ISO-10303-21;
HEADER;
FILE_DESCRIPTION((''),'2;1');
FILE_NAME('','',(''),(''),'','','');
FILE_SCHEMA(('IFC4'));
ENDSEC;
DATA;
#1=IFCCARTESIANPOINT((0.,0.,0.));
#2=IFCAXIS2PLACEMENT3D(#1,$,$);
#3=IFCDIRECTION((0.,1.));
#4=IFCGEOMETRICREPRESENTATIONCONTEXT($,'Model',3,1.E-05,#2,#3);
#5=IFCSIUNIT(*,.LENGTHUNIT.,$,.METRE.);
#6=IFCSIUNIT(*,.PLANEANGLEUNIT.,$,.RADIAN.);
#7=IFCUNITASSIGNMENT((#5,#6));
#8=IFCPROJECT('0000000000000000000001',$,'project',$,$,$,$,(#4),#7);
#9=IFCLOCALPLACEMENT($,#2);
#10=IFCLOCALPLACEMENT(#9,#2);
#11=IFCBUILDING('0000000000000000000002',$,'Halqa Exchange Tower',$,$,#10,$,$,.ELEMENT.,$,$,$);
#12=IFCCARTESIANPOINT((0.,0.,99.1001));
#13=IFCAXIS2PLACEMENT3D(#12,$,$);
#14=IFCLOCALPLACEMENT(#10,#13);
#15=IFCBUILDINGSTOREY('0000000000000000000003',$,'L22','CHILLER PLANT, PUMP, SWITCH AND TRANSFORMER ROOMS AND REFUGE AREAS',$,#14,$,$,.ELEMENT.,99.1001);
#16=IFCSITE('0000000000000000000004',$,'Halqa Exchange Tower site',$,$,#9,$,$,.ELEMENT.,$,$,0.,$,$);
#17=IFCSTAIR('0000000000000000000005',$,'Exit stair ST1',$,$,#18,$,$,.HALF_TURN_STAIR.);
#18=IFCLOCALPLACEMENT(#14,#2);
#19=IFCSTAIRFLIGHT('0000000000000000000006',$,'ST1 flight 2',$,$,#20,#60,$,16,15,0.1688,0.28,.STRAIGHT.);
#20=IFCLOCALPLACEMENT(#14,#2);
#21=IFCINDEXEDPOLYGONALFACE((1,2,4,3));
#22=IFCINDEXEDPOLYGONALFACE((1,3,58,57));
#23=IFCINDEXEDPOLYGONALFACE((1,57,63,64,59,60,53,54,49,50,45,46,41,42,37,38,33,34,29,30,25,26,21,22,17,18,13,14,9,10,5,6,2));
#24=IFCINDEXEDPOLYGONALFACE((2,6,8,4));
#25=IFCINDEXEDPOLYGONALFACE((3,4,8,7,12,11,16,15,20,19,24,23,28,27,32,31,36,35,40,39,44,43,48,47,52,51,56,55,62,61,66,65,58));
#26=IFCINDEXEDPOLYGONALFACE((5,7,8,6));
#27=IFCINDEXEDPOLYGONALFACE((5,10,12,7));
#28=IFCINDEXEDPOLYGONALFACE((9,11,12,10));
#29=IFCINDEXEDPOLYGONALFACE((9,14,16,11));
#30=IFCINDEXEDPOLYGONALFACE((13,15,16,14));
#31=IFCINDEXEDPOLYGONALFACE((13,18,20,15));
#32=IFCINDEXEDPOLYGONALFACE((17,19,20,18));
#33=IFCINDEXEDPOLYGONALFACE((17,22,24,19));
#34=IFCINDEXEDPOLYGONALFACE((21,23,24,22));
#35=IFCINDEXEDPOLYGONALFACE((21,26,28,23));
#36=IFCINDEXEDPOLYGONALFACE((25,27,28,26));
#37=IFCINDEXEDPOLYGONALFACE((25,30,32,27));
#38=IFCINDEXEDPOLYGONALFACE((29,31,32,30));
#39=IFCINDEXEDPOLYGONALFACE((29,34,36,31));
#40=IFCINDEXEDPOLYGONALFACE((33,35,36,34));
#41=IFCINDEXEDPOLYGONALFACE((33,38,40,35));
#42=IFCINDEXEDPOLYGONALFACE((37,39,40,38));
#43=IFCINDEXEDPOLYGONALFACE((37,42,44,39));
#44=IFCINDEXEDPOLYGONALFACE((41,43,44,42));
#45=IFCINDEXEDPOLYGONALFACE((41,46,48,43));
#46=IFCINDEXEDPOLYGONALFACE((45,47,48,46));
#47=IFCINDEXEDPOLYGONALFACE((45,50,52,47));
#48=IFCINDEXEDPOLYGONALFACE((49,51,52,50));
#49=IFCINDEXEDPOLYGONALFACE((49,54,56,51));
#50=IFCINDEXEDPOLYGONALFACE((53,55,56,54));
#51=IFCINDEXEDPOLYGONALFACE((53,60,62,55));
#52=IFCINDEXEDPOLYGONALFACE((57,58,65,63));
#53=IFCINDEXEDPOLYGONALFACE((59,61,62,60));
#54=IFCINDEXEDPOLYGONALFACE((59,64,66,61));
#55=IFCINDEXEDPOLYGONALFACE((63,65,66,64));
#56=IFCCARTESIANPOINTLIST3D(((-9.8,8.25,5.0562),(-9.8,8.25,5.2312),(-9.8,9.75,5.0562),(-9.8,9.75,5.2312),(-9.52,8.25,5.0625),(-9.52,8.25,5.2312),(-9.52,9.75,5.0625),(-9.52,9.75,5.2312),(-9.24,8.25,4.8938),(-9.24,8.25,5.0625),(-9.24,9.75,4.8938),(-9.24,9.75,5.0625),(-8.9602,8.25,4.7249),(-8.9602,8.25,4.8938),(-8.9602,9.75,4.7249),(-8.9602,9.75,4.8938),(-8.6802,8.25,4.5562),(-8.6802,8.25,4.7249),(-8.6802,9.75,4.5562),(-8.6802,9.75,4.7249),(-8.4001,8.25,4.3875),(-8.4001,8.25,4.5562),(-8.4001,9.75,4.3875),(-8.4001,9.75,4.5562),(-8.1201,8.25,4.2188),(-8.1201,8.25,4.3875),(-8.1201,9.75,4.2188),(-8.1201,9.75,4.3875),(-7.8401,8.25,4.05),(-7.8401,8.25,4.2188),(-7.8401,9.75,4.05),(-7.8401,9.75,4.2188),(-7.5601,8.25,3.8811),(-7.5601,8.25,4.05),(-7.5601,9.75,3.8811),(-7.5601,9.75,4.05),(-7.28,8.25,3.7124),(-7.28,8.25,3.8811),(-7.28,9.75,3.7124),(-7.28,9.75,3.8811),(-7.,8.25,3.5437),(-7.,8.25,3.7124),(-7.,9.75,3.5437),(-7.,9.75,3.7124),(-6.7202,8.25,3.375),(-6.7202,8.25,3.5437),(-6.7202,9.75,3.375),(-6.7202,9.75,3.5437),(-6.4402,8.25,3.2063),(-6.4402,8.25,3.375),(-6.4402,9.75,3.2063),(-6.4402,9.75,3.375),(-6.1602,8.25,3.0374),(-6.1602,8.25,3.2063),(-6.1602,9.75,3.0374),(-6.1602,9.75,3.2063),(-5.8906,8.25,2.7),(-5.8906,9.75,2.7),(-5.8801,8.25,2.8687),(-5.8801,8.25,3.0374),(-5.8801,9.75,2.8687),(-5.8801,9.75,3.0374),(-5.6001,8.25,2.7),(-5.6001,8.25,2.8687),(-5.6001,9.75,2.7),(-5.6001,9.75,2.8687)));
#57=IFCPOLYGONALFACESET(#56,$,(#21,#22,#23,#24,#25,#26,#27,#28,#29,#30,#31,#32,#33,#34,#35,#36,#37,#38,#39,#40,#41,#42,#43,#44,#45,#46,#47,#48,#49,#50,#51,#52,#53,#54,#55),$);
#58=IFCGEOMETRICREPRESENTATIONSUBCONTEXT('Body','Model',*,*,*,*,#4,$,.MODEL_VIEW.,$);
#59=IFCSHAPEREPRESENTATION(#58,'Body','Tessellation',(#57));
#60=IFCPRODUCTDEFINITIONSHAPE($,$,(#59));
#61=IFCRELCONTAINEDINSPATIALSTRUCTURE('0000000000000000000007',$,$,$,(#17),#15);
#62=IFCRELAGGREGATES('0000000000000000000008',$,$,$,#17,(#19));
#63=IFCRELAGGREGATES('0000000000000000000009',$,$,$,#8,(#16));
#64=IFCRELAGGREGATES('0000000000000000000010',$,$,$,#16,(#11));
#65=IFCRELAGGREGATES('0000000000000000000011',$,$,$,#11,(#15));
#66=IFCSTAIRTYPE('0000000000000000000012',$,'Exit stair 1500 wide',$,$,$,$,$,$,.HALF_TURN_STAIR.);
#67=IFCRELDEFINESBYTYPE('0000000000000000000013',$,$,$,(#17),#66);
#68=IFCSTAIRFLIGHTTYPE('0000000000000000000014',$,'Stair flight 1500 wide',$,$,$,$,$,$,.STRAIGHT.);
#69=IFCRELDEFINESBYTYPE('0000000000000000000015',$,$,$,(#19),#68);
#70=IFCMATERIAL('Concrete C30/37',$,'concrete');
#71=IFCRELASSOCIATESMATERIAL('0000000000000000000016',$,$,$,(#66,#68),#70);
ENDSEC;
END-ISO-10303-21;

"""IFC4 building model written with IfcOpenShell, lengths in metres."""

from ifc_helpers import new_model, si_unit, direction, frame, origin, place, context, subcontext, project, spatial, polyline, outline, extrude, material, type_object, element, aggregate, save


model = new_model("IFC4")

# Units and contexts
model_context = context("Model", 3, precision=1e-05, world=origin(), true_north=direction((0.0, 1.0)))
body_context = subcontext(model_context, "Body", "Model", "MODEL_VIEW")
ifc_project = project(units=[si_unit("LENGTHUNIT", "METRE"), si_unit("PLANEANGLEUNIT", "RADIAN")], contexts=[model_context])

# Site, building, storey
site_placement = place(None, origin())
site = spatial("IfcSite", under=ifc_project, at=site_placement, Name="Halqa Exchange Tower site", CompositionType="ELEMENT", RefElevation=0.0)
building_placement = place(site_placement, origin())
building = spatial("IfcBuilding", under=site, at=building_placement, Name="Halqa Exchange Tower", CompositionType="ELEMENT")
storey_placement = place(building_placement, frame((0.0, 0.0, 99.1001)))
storey = spatial("IfcBuildingStorey", under=building, at=storey_placement, Name="L22", Description="CHILLER PLANT, PUMP, SWITCH AND TRANSFORMER ROOMS AND REFUGE AREAS", CompositionType="ELEMENT", Elevation=99.1001)

# Shared definitions
ifc_material_1 = material(Name="Concrete C30/37", Category="concrete")

# Stair, stair flight
stair_type = type_object("IfcStairType", Name="Exit stair 1500 wide", PredefinedType="HALF_TURN_STAIR", material=ifc_material_1)
stair_placement = place(storey_placement, origin())
stair = element("IfcStair", 1, at=stair_placement, inside=storey, type_object=stair_type, Name="Exit stair ST1", PredefinedType="HALF_TURN_STAIR")
stair_flight_type = type_object("IfcStairFlightType", Name="Stair flight 1500 wide", PredefinedType="STRAIGHT", material=ifc_material_1)
stair_flight_placement = place(storey_placement, frame((-5.6001, 9.0, 2.7), z_axis=(0.0, 0.0, 1.0), x_axis=(-1.0, 0.0, 0.0)))
stair_flight = element("IfcStairFlight", 2, at=stair_flight_placement, type_object=stair_flight_type, Name="ST1 flight 2", NumberOfRisers=16, NumberOfTreads=15, PredefinedType="STRAIGHT", RiserHeight=0.1688, TreadLength=0.28, context=body_context, shape_type="SweptSolid", body=[
    extrude(outline(polyline([(0.0, 0.0), (0.0, 0.1687), (0.28, 0.1687), (0.28, 0.3374), (0.5601, 0.3374), (0.5601, 0.5063), (0.8401, 0.5063), (0.8401, 0.675), (1.1201, 0.675), (1.1201, 0.8438), (1.3999, 0.8438), (1.3999, 1.0125), (1.6799, 1.0125), (1.6799, 1.1812), (1.96, 1.1812), (1.96, 1.3501), (2.24, 1.3501), (2.24, 1.5188), (2.52, 1.5188), (2.52, 1.6875), (2.8, 1.6875), (2.8, 1.8562), (3.0801, 1.8562), (3.0801, 2.0249), (3.3601, 2.0249), (3.3601, 2.1938), (3.6399, 2.1938), (3.6399, 2.3625), (3.9199, 2.3625), (3.9199, 2.5312), (4.2, 2.5312), (4.2, 2.7), (4.2, 2.3562), (0.2905, 0.0), (0.0, 0.0)])), frame((0.0, 0.75, 0.0), z_axis=(0.0, -1.0, 0.0), x_axis=(1.0, 0.0, 0.0)), (0.0, 0.0, 1.0), 1.5),
])
aggregate(stair, [stair_flight])

save(model, "model.ifc")
